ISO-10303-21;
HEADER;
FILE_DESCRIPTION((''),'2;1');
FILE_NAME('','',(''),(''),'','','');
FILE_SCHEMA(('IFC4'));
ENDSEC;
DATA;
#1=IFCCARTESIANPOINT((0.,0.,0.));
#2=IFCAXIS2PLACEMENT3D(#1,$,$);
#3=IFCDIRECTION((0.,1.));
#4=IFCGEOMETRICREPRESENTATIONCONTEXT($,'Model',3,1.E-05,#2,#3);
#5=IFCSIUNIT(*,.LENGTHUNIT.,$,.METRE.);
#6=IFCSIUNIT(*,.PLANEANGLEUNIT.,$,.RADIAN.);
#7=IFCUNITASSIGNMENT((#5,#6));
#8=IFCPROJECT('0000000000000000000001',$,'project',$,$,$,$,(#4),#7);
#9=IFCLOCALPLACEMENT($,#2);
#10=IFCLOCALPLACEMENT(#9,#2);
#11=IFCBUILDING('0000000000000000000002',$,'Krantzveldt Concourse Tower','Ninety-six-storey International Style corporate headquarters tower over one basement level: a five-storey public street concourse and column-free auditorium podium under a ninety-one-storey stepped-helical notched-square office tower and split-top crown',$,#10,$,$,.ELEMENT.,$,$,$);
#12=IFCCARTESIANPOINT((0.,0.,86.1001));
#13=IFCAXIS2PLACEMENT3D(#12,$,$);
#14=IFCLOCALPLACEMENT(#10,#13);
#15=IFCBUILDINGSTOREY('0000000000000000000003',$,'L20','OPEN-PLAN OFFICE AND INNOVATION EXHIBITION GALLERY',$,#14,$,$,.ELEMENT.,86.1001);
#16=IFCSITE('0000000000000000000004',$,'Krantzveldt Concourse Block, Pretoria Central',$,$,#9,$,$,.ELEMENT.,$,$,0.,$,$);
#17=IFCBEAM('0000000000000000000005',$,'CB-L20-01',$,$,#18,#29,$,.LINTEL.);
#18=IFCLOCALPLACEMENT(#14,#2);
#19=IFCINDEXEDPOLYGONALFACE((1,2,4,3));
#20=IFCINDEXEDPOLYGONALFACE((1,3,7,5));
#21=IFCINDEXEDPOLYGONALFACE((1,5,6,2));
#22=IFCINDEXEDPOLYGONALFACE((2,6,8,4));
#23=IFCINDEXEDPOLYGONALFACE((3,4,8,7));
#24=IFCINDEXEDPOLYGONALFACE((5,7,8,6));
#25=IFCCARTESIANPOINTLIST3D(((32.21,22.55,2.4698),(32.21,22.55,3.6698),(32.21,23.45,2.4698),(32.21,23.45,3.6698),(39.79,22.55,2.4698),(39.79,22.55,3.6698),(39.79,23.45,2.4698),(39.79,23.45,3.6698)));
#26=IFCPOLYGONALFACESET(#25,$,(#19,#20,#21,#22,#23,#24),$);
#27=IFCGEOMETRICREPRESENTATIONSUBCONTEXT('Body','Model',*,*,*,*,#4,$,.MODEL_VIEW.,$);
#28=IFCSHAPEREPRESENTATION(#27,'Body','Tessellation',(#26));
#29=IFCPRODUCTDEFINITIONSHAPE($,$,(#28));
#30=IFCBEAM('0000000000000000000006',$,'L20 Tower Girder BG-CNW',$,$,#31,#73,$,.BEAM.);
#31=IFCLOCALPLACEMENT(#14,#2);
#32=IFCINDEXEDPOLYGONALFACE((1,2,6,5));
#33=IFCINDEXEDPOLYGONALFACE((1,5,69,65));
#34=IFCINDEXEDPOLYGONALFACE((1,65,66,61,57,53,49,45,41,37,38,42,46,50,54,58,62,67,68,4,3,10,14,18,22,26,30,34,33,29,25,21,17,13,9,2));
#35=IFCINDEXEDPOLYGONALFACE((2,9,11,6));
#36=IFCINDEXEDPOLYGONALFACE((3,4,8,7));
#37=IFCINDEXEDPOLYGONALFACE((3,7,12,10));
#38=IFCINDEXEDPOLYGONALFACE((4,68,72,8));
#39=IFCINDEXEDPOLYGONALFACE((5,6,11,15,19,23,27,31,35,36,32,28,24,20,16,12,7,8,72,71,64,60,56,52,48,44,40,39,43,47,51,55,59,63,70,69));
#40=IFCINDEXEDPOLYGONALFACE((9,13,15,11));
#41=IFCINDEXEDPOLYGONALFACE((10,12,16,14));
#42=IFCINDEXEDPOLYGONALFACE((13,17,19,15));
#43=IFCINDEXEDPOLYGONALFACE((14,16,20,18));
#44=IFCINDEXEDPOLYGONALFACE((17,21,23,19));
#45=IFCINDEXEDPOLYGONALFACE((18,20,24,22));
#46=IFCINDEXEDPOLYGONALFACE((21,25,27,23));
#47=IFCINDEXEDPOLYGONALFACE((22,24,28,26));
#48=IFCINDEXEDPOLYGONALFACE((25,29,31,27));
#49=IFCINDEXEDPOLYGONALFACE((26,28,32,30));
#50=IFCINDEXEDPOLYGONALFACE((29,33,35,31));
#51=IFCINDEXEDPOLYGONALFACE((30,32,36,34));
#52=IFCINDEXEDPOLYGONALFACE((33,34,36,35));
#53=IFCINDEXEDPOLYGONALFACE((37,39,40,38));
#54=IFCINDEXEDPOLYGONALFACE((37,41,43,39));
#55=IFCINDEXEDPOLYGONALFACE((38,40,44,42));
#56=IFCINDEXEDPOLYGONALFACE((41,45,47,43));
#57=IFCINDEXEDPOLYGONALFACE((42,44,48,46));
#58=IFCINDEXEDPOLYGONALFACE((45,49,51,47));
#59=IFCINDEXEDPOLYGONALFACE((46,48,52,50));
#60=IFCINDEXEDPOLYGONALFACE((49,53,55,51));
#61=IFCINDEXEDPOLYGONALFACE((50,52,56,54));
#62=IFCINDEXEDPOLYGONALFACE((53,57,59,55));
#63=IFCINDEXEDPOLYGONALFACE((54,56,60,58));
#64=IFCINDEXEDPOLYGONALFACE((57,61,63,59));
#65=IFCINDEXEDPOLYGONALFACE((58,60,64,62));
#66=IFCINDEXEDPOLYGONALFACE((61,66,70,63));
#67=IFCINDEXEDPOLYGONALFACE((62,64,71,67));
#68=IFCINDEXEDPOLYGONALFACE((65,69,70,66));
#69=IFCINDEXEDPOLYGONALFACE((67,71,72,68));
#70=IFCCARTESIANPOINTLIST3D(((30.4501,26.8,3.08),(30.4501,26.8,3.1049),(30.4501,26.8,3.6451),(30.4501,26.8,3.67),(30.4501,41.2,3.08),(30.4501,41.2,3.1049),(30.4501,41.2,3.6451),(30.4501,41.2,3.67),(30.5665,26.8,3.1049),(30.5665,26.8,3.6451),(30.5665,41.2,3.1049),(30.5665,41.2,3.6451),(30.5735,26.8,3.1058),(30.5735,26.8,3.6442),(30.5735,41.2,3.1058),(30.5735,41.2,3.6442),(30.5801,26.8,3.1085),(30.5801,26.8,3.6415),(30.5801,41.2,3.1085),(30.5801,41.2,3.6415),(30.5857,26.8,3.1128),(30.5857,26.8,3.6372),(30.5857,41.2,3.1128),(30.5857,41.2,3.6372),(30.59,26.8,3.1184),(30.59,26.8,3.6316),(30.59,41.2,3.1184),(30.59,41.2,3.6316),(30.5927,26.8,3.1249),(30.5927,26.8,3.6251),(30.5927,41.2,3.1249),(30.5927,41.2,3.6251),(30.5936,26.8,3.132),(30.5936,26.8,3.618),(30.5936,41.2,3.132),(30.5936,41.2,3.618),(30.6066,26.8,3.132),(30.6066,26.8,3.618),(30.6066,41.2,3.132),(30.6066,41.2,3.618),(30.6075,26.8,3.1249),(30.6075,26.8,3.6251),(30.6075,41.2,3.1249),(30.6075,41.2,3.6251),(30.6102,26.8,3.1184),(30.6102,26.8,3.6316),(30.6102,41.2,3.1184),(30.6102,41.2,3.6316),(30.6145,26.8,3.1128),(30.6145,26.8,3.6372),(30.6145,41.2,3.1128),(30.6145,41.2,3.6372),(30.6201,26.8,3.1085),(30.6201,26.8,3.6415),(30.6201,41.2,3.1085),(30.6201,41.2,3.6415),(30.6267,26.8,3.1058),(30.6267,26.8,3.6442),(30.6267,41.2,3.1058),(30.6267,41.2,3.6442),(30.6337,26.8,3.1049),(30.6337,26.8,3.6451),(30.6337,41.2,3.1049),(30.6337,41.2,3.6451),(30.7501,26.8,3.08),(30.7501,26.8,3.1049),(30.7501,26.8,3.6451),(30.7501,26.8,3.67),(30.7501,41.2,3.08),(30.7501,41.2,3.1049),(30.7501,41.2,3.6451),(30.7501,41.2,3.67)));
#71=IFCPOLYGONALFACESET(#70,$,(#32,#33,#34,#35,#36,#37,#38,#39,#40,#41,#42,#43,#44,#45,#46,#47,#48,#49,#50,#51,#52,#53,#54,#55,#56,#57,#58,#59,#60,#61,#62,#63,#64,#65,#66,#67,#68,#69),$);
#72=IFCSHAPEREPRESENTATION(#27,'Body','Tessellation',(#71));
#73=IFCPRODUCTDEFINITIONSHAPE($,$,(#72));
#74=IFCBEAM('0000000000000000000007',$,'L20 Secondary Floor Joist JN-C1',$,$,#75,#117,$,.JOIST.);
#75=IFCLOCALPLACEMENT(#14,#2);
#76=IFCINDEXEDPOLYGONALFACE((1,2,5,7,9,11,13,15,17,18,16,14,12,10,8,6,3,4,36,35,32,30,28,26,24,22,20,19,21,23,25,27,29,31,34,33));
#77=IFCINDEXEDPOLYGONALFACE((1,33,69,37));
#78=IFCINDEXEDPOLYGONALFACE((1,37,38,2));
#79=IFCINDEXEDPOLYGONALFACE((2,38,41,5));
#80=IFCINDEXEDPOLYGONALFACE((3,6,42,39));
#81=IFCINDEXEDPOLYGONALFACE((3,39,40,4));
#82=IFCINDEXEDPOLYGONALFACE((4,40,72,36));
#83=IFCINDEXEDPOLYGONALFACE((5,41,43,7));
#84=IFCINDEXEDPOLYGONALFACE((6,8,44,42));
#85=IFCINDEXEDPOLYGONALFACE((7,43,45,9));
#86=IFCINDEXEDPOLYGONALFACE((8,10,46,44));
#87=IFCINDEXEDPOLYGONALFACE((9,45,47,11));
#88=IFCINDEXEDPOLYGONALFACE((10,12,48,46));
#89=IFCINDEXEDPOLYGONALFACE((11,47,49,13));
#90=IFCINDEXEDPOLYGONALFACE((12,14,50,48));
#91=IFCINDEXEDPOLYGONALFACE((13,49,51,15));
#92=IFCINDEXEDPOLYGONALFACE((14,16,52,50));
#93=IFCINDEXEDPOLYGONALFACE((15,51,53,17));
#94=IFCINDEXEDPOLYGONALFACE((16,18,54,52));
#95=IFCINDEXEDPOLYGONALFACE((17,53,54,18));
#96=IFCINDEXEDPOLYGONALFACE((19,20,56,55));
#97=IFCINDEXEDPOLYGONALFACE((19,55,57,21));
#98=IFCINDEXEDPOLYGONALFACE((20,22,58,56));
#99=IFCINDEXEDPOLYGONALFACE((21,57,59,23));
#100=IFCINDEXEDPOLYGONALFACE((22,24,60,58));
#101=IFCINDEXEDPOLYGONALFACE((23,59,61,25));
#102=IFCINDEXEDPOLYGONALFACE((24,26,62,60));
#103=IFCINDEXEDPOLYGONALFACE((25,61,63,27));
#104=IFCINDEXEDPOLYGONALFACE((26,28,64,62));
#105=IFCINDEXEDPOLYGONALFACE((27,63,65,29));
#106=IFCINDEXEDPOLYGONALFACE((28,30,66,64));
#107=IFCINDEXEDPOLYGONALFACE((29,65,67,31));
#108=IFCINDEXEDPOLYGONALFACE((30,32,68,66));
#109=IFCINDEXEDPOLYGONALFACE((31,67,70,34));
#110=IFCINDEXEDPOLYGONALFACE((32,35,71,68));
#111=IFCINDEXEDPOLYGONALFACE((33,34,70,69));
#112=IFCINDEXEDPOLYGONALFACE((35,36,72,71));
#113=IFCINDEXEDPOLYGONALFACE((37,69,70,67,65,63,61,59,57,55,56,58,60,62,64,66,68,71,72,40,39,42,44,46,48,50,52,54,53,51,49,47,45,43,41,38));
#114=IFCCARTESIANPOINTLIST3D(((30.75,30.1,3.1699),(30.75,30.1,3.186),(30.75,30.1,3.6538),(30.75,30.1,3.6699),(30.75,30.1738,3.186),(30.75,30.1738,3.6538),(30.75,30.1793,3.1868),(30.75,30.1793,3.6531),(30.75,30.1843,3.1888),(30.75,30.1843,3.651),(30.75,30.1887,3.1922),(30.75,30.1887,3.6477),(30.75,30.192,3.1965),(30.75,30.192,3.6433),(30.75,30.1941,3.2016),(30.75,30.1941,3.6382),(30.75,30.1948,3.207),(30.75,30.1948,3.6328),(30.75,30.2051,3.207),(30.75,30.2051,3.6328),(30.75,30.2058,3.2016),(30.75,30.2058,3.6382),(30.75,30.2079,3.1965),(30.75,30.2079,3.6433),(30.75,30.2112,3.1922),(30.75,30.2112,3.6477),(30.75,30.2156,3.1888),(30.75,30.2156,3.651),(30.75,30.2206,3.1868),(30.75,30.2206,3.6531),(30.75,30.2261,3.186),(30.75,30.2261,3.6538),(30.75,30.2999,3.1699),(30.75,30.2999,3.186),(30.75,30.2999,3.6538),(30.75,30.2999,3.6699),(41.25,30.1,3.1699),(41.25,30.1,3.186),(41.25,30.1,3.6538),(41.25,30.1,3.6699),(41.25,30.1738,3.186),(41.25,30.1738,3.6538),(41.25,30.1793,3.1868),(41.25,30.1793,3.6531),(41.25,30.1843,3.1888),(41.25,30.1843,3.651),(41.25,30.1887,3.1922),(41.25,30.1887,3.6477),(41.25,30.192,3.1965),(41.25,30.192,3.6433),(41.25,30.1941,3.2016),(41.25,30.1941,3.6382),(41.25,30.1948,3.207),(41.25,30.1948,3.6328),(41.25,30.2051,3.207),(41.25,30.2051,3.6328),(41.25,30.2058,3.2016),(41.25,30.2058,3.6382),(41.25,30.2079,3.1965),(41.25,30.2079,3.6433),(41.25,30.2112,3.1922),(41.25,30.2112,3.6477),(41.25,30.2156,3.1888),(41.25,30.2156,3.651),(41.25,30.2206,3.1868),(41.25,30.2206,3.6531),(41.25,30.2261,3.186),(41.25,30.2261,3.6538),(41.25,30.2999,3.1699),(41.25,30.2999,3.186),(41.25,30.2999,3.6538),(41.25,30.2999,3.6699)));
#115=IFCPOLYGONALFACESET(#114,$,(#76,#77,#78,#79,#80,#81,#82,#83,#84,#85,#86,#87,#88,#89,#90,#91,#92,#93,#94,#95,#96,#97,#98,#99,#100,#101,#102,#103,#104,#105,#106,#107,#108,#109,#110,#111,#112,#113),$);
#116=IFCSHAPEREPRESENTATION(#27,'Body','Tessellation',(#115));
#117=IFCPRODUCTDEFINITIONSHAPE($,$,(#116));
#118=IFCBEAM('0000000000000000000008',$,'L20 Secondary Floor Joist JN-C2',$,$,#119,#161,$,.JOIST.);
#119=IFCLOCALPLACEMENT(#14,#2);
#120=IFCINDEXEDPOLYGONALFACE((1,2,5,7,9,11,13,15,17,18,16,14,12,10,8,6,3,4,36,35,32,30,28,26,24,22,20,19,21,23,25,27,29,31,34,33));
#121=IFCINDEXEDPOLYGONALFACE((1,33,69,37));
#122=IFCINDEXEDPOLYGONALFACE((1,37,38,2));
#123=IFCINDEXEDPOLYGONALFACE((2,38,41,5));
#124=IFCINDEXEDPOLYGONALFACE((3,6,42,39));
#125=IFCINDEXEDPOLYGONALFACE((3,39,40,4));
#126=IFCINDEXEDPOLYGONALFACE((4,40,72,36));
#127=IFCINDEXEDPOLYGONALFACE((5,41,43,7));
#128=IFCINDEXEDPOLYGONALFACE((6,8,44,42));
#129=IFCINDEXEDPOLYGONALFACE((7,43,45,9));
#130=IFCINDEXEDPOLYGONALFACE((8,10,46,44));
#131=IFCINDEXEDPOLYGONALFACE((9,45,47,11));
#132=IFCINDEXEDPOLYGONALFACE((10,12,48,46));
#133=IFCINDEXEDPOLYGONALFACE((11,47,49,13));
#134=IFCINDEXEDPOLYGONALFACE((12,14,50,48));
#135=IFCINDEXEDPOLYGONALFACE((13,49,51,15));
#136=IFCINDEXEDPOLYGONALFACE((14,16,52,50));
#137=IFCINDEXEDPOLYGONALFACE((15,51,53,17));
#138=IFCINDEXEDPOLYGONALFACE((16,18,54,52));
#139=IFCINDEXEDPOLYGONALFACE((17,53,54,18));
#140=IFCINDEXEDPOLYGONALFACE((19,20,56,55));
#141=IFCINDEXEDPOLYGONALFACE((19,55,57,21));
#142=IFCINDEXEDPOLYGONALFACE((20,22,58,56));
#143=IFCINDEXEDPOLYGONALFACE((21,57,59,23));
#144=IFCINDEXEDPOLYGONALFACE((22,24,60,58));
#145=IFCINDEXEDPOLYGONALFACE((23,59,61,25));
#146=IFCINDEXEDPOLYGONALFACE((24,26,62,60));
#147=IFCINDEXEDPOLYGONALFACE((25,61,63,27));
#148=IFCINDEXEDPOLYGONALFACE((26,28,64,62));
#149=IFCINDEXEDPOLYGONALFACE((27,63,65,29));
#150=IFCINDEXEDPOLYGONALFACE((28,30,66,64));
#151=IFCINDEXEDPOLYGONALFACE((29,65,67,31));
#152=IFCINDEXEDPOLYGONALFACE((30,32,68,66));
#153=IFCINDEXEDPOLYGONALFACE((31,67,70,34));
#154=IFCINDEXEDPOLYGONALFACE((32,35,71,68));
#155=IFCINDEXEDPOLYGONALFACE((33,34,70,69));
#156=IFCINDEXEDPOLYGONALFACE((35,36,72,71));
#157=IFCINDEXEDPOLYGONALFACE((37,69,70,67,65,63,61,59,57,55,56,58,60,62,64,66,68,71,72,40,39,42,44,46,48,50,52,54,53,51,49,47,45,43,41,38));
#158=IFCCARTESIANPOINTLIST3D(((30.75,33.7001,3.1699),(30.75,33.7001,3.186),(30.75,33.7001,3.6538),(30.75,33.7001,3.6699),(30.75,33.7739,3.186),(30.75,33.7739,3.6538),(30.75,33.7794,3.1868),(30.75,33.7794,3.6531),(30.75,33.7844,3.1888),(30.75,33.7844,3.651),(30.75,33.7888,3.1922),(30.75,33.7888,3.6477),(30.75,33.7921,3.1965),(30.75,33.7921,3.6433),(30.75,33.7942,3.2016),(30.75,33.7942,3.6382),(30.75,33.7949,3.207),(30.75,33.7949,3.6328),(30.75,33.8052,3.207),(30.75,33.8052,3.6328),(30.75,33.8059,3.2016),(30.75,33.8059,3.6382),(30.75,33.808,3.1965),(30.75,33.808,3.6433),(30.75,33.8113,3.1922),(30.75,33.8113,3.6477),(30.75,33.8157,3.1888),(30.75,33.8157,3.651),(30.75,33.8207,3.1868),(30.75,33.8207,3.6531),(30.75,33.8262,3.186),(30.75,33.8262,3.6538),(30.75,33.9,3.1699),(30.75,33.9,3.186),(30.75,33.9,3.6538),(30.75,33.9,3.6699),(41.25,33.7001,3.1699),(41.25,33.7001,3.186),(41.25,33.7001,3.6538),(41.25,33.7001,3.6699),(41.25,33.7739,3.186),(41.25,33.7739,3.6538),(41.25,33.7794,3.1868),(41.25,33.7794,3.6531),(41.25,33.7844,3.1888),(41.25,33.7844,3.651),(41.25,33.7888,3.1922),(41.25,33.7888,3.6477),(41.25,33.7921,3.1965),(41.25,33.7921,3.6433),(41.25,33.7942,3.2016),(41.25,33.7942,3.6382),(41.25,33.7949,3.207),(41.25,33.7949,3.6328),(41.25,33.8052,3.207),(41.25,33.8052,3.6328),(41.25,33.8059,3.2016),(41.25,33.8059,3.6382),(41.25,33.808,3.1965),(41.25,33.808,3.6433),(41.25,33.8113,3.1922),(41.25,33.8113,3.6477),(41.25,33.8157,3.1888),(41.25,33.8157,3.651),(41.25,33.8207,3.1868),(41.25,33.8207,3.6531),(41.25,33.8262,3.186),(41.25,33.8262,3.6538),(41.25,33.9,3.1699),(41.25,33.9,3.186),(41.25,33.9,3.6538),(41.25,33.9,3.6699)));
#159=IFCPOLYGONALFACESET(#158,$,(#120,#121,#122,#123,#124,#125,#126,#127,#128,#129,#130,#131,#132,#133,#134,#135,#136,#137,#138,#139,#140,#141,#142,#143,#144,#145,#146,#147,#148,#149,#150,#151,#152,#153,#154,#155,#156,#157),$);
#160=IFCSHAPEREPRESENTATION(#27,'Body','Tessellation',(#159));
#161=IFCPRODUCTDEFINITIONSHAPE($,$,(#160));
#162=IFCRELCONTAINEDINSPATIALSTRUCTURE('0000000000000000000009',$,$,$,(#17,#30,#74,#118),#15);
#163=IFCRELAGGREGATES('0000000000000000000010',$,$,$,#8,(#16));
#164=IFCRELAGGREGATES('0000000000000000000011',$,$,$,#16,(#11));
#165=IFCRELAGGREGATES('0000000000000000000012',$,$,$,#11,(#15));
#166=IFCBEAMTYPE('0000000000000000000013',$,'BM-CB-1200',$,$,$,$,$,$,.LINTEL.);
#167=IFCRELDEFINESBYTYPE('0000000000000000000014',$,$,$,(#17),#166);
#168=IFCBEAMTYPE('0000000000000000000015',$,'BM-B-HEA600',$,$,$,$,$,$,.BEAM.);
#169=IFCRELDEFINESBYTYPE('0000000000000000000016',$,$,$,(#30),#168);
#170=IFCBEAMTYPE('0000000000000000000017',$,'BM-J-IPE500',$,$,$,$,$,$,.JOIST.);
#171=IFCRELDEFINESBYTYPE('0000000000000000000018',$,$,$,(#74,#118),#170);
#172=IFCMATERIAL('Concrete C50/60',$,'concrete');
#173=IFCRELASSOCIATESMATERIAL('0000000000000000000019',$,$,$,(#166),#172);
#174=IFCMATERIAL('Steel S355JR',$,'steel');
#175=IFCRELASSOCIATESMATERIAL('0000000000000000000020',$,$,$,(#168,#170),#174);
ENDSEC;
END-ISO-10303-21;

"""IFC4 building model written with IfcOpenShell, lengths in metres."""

from ifc_helpers import new_model, si_unit, direction, frame, origin, origin_2d, place, context, subcontext, project, spatial, rectangle, i_section, extrude, source, transform, mapped, material, material_profile, profile_set, type_object, type_shapes, element, save


model = new_model("IFC4")

# Units and contexts
model_context = context("Model", 3, precision=1e-05, world=origin(), true_north=direction((0.0, 1.0)))
body_context = subcontext(model_context, "Body", "Model", "MODEL_VIEW")
ifc_project = project(units=[si_unit("LENGTHUNIT", "METRE"), si_unit("PLANEANGLEUNIT", "RADIAN")], contexts=[model_context])

# Site, building, storey
site_placement = place(None, origin())
site = spatial("IfcSite", under=ifc_project, at=site_placement, Name="Krantzveldt Concourse Block, Pretoria Central", CompositionType="ELEMENT", RefElevation=0.0)
building_placement = place(site_placement, origin())
building = spatial("IfcBuilding", under=site, at=building_placement, Name="Krantzveldt Concourse Tower", Description="Ninety-six-storey International Style corporate headquarters tower over one basement level: a five-storey public street concourse and column-free auditorium podium under a ninety-one-storey stepped-helical notched-square office tower and split-top crown", CompositionType="ELEMENT")
storey_placement = place(building_placement, frame((0.0, 0.0, 86.1001)))
storey = spatial("IfcBuildingStorey", under=building, at=storey_placement, Name="L20", Description="OPEN-PLAN OFFICE AND INNOVATION EXHIBITION GALLERY", CompositionType="ELEMENT", Elevation=86.1001)

# Beams
ifc_material_1 = material(Name="Concrete C50/60", Category="concrete")
ifc_material_profile_1 = material_profile(ifc_material_1, rectangle(XDim=0.8999, YDim=1.2, at=origin_2d()), Name="Concrete C50/60", Category="concrete")
ifc_profile_set_1 = profile_set([ifc_material_profile_1], Name="Concrete C50/60 - RC-CB 900x1200")
beam_type_1 = type_object("IfcBeamType", Name="BM-CB-1200", PredefinedType="LINTEL", material=ifc_profile_set_1)
shared_shape_1 = source(origin(), body_context, "Body", "SweptSolid", [
    extrude(rectangle(XDim=0.8999, YDim=1.2, at=origin_2d()), origin(), (0.0, 0.0, 1.0), 7.5801),
])
type_shapes(beam_type_1, [shared_shape_1])
beam_1_placement = place(storey_placement, frame((32.21, 23.0, 3.0698), z_axis=(1.0, 0.0, 0.0), x_axis=(0.0, 1.0, 0.0)))
element("IfcBeam", 1, at=beam_1_placement, inside=storey, type_object=beam_type_1, Name="CB-L20-01", PredefinedType="LINTEL", context=body_context, shape_type="MappedRepresentation", body=[
    mapped(shared_shape_1, transform((0.0, 0.0, 0.0), x_axis=(1.0, 0.0, 0.0), y_axis=(0.0, 1.0, 0.0), z_axis=(0.0, 0.0, 1.0), scale=1.0)),
])
ifc_material_2 = material(Name="Steel S355JR", Category="steel")
ifc_material_profile_2 = material_profile(ifc_material_2, i_section(OverallWidth=0.3, OverallDepth=0.5901, WebThickness=0.0129, FlangeThickness=0.0249, FilletRadius=0.0271, at=origin_2d()), Name="Steel S355JR", Category="steel")
ifc_profile_set_2 = profile_set([ifc_material_profile_2], Name="Steel S355JR - HEA 600")
beam_type_2 = type_object("IfcBeamType", Name="BM-B-HEA600", PredefinedType="BEAM", material=ifc_profile_set_2)
shared_shape_2 = source(origin(), body_context, "Body", "SweptSolid", [
    extrude(i_section(OverallWidth=0.3, OverallDepth=0.5901, WebThickness=0.0129, FlangeThickness=0.0249, FilletRadius=0.0271, at=origin_2d()), origin(), (0.0, 0.0, 1.0), 14.3999),
])
type_shapes(beam_type_2, [shared_shape_2])
beam_2_placement = place(storey_placement, frame((30.6001, 26.8, 3.375), z_axis=(0.0, 1.0, 0.0), x_axis=(-1.0, 0.0, 0.0)))
element("IfcBeam", 2, at=beam_2_placement, inside=storey, type_object=beam_type_2, Name="L20 Tower Girder BG-CNW", PredefinedType="BEAM", context=body_context, shape_type="MappedRepresentation", body=[
    mapped(shared_shape_2, transform((0.0, 0.0, 0.0), x_axis=(1.0, 0.0, 0.0), y_axis=(0.0, 1.0, 0.0), z_axis=(0.0, 0.0, 1.0), scale=1.0)),
])
ifc_material_profile_3 = material_profile(ifc_material_2, i_section(OverallWidth=0.2, OverallDepth=0.5, WebThickness=0.0103, FlangeThickness=0.0161, FilletRadius=0.021, at=origin_2d()), Name="Steel S355JR", Category="steel")
ifc_profile_set_3 = profile_set([ifc_material_profile_3], Name="Steel S355JR - IPE 500")
beam_type_3 = type_object("IfcBeamType", Name="BM-J-IPE500", PredefinedType="JOIST", material=ifc_profile_set_3)
shared_shape_3 = source(origin(), body_context, "Body", "SweptSolid", [
    extrude(i_section(OverallWidth=0.2, OverallDepth=0.5, WebThickness=0.0103, FlangeThickness=0.0161, FilletRadius=0.021, at=origin_2d()), origin(), (0.0, 0.0, 1.0), 10.5),
])
for number, where, z_axis, x_axis, name in (
    (3, (30.75, 30.2, 3.4199), (1.0, 0.0, 0.0), (0.0, 1.0, 0.0), "L20 Secondary Floor Joist JN-C1"),
    (4, (30.75, 33.8, 3.4199), (1.0, 0.0, 0.0), (0.0, 1.0, 0.0), "L20 Secondary Floor Joist JN-C2"),
):
    element("IfcBeam", number, at=place(storey_placement, frame(where, z_axis=z_axis, x_axis=x_axis)), inside=storey, type_object=beam_type_3, Name=name, PredefinedType="JOIST", context=body_context, shape_type="MappedRepresentation", body=[
        mapped(shared_shape_3, transform((0.0, 0.0, 0.0), x_axis=(1.0, 0.0, 0.0), y_axis=(0.0, 1.0, 0.0), z_axis=(0.0, 0.0, 1.0), scale=1.0)),
    ])

save(model, "model.ifc")
